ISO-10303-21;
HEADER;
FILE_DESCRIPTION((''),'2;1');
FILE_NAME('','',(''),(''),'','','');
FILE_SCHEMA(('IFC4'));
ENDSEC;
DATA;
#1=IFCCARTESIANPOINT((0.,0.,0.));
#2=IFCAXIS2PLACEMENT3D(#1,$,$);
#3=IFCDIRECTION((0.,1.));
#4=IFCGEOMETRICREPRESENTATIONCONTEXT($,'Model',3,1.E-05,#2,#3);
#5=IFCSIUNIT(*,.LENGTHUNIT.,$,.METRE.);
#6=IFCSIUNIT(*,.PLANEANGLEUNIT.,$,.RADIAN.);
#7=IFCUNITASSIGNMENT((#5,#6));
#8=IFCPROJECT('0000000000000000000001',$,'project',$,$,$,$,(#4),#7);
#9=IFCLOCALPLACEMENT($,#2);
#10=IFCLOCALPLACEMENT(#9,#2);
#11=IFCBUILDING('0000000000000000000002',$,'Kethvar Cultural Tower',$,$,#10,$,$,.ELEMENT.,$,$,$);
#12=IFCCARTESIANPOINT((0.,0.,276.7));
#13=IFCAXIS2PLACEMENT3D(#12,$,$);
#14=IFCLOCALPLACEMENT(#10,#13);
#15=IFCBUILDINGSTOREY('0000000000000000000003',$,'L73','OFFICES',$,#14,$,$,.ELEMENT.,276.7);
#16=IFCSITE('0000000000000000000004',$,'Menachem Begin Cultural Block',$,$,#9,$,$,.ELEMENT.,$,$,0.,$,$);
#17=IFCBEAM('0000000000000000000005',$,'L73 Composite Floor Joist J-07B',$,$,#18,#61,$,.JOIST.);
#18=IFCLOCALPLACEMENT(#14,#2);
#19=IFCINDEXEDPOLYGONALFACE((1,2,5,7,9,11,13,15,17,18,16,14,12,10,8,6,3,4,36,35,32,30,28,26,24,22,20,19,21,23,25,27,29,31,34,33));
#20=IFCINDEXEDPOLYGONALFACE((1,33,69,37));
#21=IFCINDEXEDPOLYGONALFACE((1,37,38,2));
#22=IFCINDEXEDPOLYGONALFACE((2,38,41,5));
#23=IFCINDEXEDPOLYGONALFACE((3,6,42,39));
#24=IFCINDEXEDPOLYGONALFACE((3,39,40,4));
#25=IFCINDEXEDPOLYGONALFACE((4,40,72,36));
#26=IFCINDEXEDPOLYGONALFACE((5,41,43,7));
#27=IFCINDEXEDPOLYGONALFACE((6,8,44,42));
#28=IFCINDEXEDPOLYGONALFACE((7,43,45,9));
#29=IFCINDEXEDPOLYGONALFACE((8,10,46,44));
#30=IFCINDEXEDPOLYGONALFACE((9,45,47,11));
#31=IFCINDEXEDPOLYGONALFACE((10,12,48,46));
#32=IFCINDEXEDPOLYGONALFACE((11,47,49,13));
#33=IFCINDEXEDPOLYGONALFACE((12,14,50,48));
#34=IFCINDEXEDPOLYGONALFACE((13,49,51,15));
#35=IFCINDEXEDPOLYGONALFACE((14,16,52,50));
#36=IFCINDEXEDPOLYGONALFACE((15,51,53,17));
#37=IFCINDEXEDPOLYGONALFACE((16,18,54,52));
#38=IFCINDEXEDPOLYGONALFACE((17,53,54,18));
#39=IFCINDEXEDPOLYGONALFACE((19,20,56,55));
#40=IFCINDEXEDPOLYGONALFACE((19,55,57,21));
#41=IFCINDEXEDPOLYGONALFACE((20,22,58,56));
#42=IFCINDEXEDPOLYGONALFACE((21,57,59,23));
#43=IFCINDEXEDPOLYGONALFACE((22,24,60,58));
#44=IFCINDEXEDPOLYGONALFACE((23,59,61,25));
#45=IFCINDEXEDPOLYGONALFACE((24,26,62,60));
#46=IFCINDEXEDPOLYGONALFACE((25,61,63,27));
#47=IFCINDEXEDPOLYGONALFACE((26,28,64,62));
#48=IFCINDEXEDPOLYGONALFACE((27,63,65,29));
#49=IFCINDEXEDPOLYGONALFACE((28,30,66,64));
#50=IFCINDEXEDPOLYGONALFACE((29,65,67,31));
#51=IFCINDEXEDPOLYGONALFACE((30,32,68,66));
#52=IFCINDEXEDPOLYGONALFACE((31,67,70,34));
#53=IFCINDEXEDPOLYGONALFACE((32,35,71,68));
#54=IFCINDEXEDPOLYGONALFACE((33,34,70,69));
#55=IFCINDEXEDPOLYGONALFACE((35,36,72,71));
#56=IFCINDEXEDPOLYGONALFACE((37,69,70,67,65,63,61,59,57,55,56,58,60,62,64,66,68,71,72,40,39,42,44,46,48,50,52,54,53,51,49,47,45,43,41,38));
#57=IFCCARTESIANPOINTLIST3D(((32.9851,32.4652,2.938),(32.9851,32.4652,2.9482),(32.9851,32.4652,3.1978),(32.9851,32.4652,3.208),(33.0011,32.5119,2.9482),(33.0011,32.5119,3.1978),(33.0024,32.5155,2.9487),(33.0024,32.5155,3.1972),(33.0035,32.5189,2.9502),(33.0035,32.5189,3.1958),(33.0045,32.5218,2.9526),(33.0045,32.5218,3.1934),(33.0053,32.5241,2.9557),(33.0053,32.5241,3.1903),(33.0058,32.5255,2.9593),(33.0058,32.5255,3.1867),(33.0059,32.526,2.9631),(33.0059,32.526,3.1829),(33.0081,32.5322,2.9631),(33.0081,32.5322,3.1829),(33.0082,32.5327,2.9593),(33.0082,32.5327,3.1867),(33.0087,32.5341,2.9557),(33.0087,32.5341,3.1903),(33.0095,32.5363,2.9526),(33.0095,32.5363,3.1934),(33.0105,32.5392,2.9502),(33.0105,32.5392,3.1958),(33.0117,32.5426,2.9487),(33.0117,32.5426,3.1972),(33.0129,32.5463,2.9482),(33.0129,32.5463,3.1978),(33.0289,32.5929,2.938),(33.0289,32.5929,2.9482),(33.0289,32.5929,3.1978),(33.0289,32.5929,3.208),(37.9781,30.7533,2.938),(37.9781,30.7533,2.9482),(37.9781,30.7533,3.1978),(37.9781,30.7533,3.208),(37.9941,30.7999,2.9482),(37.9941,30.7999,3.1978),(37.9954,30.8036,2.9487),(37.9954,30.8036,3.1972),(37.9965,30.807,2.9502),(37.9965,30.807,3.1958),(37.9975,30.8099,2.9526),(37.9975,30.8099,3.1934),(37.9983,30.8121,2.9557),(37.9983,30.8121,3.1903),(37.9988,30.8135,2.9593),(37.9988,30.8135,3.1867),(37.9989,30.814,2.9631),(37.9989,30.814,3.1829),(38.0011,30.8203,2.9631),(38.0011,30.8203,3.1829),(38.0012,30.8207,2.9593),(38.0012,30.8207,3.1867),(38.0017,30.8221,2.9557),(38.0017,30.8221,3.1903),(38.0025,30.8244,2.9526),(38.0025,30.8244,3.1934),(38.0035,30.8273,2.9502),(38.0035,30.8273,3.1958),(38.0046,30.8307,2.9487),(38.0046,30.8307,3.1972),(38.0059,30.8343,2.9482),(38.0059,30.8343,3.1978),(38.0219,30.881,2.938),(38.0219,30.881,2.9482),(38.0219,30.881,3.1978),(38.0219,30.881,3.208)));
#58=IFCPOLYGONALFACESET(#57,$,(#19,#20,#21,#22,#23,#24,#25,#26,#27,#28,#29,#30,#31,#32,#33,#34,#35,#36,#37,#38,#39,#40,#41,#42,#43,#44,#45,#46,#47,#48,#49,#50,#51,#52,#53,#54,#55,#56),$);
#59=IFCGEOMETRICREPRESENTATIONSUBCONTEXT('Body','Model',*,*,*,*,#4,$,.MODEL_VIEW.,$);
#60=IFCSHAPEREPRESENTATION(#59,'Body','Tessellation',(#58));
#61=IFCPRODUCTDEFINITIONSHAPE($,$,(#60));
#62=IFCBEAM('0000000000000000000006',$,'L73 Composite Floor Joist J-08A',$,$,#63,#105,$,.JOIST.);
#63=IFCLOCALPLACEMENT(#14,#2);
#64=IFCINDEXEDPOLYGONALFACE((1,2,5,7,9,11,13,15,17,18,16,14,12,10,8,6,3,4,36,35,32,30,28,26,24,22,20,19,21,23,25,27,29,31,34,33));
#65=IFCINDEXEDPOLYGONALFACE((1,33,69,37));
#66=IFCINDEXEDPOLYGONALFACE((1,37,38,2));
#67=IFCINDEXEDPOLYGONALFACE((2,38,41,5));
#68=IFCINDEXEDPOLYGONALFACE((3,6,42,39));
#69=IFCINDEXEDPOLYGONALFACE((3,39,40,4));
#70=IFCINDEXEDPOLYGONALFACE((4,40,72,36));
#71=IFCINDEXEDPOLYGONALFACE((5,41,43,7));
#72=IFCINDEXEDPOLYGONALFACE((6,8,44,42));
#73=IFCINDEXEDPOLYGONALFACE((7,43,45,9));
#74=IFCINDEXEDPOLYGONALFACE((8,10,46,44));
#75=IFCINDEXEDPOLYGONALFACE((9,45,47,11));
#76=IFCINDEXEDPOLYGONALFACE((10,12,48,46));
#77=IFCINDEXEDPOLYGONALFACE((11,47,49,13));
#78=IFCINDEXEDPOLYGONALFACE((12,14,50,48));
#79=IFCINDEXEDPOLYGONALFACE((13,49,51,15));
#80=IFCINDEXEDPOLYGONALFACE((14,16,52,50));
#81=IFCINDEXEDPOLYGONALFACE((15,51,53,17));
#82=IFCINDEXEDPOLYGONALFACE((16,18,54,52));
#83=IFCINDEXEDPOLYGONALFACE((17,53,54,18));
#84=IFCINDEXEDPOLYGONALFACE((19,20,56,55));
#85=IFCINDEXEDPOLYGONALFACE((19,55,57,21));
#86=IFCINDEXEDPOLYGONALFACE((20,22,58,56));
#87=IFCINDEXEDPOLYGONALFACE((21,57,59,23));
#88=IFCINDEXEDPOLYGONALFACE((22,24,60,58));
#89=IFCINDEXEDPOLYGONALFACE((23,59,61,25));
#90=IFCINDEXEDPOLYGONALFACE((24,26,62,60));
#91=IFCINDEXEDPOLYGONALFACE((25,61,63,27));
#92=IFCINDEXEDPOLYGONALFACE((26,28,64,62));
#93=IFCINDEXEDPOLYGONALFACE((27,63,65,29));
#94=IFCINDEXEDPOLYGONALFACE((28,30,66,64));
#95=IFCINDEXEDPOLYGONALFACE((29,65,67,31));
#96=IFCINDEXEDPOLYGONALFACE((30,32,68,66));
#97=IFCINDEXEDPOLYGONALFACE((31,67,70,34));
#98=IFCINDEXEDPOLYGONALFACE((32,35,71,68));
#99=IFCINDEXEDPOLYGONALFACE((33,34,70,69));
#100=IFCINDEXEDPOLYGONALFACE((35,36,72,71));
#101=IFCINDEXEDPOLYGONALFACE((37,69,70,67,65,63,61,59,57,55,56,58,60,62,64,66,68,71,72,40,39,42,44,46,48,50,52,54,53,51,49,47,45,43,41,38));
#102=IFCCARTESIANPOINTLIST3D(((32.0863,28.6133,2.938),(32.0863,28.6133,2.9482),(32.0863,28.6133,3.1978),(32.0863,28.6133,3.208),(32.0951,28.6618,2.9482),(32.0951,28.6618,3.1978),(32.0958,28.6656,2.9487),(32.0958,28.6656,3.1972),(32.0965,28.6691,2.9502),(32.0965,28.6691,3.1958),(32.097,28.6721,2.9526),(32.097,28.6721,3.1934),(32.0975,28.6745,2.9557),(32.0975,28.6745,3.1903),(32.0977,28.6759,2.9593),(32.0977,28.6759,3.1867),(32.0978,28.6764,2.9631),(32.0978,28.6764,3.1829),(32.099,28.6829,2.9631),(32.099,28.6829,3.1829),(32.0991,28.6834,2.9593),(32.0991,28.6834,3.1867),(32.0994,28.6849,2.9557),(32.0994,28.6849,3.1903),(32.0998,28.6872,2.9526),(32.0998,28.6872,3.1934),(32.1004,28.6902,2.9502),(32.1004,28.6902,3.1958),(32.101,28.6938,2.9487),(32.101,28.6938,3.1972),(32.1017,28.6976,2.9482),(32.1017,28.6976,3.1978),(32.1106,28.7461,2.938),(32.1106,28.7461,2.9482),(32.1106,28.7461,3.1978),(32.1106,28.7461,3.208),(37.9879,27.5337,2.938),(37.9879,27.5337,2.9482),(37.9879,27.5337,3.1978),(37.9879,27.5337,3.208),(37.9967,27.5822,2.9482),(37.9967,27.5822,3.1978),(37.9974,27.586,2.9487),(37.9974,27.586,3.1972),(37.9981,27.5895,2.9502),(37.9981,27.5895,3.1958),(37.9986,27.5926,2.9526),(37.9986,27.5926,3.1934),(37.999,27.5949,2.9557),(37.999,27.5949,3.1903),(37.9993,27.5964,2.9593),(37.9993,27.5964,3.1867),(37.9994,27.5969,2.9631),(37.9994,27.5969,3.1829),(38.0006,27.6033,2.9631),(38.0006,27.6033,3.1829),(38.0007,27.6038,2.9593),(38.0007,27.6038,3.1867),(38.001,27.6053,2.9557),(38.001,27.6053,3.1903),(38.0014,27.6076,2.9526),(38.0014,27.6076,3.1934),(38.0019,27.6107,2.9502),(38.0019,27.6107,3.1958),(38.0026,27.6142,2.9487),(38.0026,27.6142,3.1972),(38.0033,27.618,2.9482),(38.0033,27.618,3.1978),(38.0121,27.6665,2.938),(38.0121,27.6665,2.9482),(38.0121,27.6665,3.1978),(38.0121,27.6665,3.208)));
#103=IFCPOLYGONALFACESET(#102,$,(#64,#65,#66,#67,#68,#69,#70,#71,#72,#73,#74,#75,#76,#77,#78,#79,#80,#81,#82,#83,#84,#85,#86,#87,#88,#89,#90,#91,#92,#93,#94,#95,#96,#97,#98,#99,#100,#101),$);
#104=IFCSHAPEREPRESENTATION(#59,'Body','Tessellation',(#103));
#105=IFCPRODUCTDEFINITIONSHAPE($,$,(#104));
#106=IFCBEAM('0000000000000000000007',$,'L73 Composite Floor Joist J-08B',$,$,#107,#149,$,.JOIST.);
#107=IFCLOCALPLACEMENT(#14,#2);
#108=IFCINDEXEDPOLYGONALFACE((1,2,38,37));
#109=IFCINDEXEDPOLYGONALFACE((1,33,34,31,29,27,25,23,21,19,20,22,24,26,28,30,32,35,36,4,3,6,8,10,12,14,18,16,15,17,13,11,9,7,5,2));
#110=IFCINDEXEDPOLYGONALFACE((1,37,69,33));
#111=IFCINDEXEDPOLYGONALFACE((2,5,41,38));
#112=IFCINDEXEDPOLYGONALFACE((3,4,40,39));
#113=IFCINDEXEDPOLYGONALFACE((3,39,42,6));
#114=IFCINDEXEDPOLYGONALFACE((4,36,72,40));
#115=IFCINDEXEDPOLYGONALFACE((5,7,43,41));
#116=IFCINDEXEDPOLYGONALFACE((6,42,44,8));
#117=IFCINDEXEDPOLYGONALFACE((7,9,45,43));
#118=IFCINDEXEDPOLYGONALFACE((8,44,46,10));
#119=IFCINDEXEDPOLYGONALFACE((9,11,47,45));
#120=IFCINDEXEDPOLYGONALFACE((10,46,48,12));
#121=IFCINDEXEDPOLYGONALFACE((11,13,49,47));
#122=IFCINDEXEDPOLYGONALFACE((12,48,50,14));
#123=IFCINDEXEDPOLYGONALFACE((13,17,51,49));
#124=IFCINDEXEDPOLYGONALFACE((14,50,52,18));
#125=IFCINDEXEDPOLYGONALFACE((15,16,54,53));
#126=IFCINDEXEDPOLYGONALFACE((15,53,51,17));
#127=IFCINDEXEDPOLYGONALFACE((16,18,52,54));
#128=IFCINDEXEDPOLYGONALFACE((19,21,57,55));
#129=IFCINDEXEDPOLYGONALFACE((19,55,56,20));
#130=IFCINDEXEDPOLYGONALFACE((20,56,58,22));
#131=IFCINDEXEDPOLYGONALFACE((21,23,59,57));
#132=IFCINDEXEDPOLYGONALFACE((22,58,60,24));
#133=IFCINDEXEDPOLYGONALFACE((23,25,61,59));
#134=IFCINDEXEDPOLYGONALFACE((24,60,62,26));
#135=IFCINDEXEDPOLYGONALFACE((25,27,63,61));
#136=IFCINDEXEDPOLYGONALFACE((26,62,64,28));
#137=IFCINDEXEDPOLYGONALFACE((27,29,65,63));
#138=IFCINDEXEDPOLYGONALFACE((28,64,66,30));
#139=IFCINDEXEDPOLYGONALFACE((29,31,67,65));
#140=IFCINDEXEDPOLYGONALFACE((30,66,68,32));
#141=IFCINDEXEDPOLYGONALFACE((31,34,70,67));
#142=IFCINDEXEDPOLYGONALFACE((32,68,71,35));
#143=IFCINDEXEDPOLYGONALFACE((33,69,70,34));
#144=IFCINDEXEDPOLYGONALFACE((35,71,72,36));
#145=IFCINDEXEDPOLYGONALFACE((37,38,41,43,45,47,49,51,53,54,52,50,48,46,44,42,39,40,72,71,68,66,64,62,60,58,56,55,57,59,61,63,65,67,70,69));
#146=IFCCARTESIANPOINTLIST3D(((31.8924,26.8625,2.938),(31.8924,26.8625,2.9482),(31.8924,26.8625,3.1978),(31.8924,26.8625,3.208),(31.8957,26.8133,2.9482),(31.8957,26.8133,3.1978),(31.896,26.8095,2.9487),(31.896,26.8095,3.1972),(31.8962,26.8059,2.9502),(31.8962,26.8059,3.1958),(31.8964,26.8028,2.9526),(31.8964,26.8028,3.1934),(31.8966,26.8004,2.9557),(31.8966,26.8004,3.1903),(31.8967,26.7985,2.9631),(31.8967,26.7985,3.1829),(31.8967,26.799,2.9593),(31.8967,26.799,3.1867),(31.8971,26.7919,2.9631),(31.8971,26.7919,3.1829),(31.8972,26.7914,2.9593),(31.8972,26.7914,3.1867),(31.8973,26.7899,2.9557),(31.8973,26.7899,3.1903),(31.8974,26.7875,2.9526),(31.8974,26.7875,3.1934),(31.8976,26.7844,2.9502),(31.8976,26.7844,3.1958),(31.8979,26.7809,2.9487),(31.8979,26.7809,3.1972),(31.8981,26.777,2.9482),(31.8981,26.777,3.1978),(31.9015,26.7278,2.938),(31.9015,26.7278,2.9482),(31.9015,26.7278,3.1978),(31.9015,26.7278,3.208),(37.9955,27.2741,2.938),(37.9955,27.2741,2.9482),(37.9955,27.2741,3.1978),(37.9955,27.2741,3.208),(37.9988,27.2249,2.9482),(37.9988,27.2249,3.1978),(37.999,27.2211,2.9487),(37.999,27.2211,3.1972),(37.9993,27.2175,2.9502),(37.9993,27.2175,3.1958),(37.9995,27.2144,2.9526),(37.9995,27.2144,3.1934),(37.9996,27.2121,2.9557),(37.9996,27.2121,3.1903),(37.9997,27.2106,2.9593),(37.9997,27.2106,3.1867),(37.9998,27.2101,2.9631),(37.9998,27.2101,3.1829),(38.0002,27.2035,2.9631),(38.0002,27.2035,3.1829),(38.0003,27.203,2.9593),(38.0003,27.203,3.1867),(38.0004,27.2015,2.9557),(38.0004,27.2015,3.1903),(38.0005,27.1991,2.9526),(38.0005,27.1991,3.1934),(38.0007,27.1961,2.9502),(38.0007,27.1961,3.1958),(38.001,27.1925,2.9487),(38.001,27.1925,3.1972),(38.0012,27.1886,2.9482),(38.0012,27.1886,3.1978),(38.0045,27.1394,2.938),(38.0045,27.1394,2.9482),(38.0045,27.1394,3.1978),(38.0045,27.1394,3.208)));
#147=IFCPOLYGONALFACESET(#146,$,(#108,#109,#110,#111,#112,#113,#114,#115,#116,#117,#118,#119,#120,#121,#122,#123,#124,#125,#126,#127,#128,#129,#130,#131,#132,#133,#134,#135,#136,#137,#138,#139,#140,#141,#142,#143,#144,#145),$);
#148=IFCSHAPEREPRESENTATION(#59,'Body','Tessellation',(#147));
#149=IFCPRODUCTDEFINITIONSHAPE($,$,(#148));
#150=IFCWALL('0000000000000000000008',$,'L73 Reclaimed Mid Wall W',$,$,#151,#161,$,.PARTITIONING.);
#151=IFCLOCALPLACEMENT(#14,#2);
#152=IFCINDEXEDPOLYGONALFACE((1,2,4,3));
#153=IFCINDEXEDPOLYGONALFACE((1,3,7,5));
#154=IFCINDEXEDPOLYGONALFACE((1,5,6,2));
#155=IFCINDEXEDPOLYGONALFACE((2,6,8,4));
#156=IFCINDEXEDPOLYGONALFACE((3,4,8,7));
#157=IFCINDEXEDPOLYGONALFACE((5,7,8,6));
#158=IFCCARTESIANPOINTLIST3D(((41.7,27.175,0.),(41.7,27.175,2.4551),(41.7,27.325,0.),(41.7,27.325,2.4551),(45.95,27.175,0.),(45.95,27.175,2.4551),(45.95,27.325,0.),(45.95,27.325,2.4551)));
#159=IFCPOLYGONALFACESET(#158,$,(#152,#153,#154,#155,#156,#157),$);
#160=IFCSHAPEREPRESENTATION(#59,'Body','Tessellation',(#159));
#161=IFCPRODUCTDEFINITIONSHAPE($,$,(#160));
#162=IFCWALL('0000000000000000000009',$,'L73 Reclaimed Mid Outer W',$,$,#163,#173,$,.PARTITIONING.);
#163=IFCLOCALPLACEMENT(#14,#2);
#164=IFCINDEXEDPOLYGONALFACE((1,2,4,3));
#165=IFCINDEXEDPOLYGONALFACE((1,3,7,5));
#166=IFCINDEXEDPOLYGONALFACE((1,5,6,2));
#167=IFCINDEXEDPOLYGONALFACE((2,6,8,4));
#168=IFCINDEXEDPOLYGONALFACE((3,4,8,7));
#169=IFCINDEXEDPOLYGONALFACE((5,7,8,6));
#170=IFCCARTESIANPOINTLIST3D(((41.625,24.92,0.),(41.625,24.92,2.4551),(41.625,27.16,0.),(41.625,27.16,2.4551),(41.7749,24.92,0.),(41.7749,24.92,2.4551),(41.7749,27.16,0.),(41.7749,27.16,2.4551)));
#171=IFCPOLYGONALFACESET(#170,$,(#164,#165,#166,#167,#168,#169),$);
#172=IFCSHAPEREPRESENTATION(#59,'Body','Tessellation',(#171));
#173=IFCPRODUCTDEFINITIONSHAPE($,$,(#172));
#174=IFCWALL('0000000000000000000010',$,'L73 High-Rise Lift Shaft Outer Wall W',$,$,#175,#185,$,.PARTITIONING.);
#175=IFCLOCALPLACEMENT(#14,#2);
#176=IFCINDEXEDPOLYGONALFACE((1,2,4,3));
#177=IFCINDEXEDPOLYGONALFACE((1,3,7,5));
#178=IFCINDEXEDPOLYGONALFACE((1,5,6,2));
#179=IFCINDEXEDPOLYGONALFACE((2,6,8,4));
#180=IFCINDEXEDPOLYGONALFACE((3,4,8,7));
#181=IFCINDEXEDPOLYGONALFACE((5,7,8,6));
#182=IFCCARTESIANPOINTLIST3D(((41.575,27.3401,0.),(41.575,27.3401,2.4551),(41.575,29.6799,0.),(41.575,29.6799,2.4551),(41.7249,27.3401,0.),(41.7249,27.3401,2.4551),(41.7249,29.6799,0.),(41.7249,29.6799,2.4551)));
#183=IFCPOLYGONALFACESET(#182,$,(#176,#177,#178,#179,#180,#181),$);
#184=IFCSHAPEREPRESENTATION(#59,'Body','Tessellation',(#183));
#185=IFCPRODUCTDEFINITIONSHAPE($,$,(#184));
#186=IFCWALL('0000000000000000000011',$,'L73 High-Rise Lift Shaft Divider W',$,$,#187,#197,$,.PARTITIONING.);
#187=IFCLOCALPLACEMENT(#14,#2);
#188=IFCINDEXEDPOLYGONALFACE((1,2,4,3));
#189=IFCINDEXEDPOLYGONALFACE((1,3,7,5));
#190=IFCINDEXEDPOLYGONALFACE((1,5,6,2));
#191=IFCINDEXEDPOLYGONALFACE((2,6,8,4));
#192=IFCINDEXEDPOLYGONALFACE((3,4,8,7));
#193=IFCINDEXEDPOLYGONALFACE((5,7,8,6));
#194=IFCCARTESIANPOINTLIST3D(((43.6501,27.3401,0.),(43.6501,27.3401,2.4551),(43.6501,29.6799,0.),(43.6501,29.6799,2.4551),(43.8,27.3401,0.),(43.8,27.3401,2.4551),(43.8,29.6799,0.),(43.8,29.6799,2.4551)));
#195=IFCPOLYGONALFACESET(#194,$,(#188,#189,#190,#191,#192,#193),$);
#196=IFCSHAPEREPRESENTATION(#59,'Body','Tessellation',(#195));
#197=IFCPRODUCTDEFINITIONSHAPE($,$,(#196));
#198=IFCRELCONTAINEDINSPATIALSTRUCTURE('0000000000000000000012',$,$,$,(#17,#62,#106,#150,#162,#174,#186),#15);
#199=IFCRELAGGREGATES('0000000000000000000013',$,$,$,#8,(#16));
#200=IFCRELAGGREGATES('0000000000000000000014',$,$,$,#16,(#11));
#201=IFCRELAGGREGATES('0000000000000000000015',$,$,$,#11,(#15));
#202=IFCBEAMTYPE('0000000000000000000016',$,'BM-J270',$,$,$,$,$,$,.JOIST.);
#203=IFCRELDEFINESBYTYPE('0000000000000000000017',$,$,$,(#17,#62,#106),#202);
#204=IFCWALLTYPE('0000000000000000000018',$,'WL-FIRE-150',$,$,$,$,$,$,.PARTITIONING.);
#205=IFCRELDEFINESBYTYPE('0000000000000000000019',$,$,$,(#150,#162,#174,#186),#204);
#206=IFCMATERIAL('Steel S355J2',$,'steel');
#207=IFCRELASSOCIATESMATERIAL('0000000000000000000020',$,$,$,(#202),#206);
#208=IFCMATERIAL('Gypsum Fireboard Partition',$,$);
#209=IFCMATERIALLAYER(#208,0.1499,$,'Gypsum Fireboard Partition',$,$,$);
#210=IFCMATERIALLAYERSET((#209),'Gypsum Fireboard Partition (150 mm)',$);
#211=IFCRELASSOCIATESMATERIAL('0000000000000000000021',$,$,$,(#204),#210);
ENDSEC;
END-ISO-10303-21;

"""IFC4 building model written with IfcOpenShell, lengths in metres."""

from ifc_helpers import new_model, si_unit, direction, frame, frame_2d, origin, origin_2d, place, context, subcontext, project, spatial, rectangle, i_section, extrude, source, transform, mapped, material, layer, layer_set, material_profile, profile_set, type_object, element, save


model = new_model("IFC4")

# Units and contexts
model_context = context("Model", 3, precision=1e-05, world=origin(), true_north=direction((0.0, 1.0)))
body_context = subcontext(model_context, "Body", "Model", "MODEL_VIEW")
ifc_project = project(units=[si_unit("LENGTHUNIT", "METRE"), si_unit("PLANEANGLEUNIT", "RADIAN")], contexts=[model_context])

# Site, building, storey
site_placement = place(None, origin())
site = spatial("IfcSite", under=ifc_project, at=site_placement, Name="Menachem Begin Cultural Block", CompositionType="ELEMENT", RefElevation=0.0)
building_placement = place(site_placement, origin())
building = spatial("IfcBuilding", under=site, at=building_placement, Name="Kethvar Cultural Tower", CompositionType="ELEMENT")
storey_placement = place(building_placement, frame((0.0, 0.0, 276.7)))
storey = spatial("IfcBuildingStorey", under=building, at=storey_placement, Name="L73", Description="OFFICES", CompositionType="ELEMENT", Elevation=276.7)

# Beams
ifc_material_1 = material(Name="Steel S355J2", Category="steel")
ifc_material_profile_1 = material_profile(ifc_material_1, i_section(OverallWidth=0.135, OverallDepth=0.27, WebThickness=0.0066, FlangeThickness=0.0103, FilletRadius=0.0149, at=origin_2d()), Name="Steel S355J2 — IPE270")
ifc_profile_set_1 = profile_set([ifc_material_profile_1], Name="Steel S355J2 — IPE270")
beam_type_1 = type_object("IfcBeamType", Name="BM-J270", PredefinedType="JOIST", material=ifc_profile_set_1)
shared_shape_1 = source(origin(), body_context, "Body", "SweptSolid", [
    extrude(i_section(OverallWidth=0.135, OverallDepth=0.27, WebThickness=0.0066, FlangeThickness=0.0103, FilletRadius=0.0149, at=origin_2d()), origin(), (0.0, 0.0, 1.0), 5.2783),
])
beam_1_placement = place(storey_placement, frame((38.0, 30.8171, 3.073), z_axis=(-0.945943, 0.324334, 0.0), x_axis=(-0.324334, -0.945943, 0.0)))
element("IfcBeam", 1, at=beam_1_placement, inside=storey, type_object=beam_type_1, Name="L73 Composite Floor Joist J-07B", PredefinedType="JOIST", context=body_context, shape_type="MappedRepresentation", body=[
    mapped(shared_shape_1, transform((0.0, 0.0, 0.0), scale=1.0)),
])
shared_shape_2 = source(origin(), body_context, "Body", "SweptSolid", [
    extrude(i_section(OverallWidth=0.135, OverallDepth=0.27, WebThickness=0.0066, FlangeThickness=0.0103, FilletRadius=0.0149, at=origin_2d()), origin(), (0.0, 0.0, 1.0), 5.9995),
])
beam_2_placement = place(storey_placement, frame((38.0, 27.6001, 3.073), z_axis=(-0.983677, 0.179945, 0.0), x_axis=(-0.179945, -0.983677, 0.0)))
element("IfcBeam", 2, at=beam_2_placement, inside=storey, type_object=beam_type_1, Name="L73 Composite Floor Joist J-08A", PredefinedType="JOIST", context=body_context, shape_type="MappedRepresentation", body=[
    mapped(shared_shape_2, transform((0.0, 0.0, 0.0), scale=1.0)),
])
shared_shape_3 = source(origin(), body_context, "Body", "SweptSolid", [
    extrude(i_section(OverallWidth=0.135, OverallDepth=0.27, WebThickness=0.0066, FlangeThickness=0.0103, FilletRadius=0.0149, at=origin_2d()), origin(), (0.0, 0.0, 1.0), 6.1169),
])
beam_3_placement = place(storey_placement, frame((38.0, 27.2068, 3.073), z_axis=(-0.997733, -0.067293, 0.0), x_axis=(0.067293, -0.997733, 0.0)))
element("IfcBeam", 3, at=beam_3_placement, inside=storey, type_object=beam_type_1, Name="L73 Composite Floor Joist J-08B", PredefinedType="JOIST", context=body_context, shape_type="MappedRepresentation", body=[
    mapped(shared_shape_3, transform((0.0, 0.0, 0.0), scale=1.0)),
])

# Walls
ifc_material_2 = material(Name="Gypsum Fireboard Partition")
ifc_layer_1 = layer(ifc_material_2, 0.1499, Name="Gypsum Fireboard Partition")
ifc_layer_set_1 = layer_set([ifc_layer_1], Name="Gypsum Fireboard Partition (150 mm)")
wall_type_1 = type_object("IfcWallType", Name="WL-FIRE-150", PredefinedType="PARTITIONING", material=ifc_layer_set_1)
wall_1_placement = place(storey_placement, frame((41.7, 27.25, 0.0), z_axis=(0.0, 0.0, 1.0), x_axis=(1.0, 0.0, 0.0)))
element("IfcWall", 4, at=wall_1_placement, inside=storey, type_object=wall_type_1, Name="L73 Reclaimed Mid Wall W", PredefinedType="PARTITIONING", context=body_context, shape_type="SweptSolid", body=[
    extrude(rectangle(XDim=4.25, YDim=0.1499, at=frame_2d((2.125, 0.0))), origin(), (0.0, 0.0, 1.0), 2.4551),
])
wall_2_placement = place(storey_placement, frame((41.7, 24.9199, 0.0), z_axis=(0.0, 0.0, 1.0), x_axis=(0.0, 1.0, 0.0)))
element("IfcWall", 5, at=wall_2_placement, inside=storey, type_object=wall_type_1, Name="L73 Reclaimed Mid Outer W", PredefinedType="PARTITIONING", context=body_context, shape_type="SweptSolid", body=[
    extrude(rectangle(XDim=2.24, YDim=0.1499, at=frame_2d((1.1201, 0.0))), origin(), (0.0, 0.0, 1.0), 2.4551),
])

# Walls
for number, where, z_axis, x_axis, name in (
    (6, (41.6499, 27.3401, 0.0), (0.0, 0.0, 1.0), (0.0, 1.0, 0.0), "L73 High-Rise Lift Shaft Outer Wall W"),
    (7, (43.7251, 27.3401, 0.0), (0.0, 0.0, 1.0), (0.0, 1.0, 0.0), "L73 High-Rise Lift Shaft Divider W"),
):
    element("IfcWall", number, at=place(storey_placement, frame(where, z_axis=z_axis, x_axis=x_axis)), inside=storey, type_object=wall_type_1, Name=name, PredefinedType="PARTITIONING", context=body_context, shape_type="SweptSolid", body=[
        extrude(rectangle(XDim=2.3398, YDim=0.1499, at=frame_2d((1.1699, 0.0))), origin(), (0.0, 0.0, 1.0), 2.4551),
    ])

save(model, "model.ifc")
